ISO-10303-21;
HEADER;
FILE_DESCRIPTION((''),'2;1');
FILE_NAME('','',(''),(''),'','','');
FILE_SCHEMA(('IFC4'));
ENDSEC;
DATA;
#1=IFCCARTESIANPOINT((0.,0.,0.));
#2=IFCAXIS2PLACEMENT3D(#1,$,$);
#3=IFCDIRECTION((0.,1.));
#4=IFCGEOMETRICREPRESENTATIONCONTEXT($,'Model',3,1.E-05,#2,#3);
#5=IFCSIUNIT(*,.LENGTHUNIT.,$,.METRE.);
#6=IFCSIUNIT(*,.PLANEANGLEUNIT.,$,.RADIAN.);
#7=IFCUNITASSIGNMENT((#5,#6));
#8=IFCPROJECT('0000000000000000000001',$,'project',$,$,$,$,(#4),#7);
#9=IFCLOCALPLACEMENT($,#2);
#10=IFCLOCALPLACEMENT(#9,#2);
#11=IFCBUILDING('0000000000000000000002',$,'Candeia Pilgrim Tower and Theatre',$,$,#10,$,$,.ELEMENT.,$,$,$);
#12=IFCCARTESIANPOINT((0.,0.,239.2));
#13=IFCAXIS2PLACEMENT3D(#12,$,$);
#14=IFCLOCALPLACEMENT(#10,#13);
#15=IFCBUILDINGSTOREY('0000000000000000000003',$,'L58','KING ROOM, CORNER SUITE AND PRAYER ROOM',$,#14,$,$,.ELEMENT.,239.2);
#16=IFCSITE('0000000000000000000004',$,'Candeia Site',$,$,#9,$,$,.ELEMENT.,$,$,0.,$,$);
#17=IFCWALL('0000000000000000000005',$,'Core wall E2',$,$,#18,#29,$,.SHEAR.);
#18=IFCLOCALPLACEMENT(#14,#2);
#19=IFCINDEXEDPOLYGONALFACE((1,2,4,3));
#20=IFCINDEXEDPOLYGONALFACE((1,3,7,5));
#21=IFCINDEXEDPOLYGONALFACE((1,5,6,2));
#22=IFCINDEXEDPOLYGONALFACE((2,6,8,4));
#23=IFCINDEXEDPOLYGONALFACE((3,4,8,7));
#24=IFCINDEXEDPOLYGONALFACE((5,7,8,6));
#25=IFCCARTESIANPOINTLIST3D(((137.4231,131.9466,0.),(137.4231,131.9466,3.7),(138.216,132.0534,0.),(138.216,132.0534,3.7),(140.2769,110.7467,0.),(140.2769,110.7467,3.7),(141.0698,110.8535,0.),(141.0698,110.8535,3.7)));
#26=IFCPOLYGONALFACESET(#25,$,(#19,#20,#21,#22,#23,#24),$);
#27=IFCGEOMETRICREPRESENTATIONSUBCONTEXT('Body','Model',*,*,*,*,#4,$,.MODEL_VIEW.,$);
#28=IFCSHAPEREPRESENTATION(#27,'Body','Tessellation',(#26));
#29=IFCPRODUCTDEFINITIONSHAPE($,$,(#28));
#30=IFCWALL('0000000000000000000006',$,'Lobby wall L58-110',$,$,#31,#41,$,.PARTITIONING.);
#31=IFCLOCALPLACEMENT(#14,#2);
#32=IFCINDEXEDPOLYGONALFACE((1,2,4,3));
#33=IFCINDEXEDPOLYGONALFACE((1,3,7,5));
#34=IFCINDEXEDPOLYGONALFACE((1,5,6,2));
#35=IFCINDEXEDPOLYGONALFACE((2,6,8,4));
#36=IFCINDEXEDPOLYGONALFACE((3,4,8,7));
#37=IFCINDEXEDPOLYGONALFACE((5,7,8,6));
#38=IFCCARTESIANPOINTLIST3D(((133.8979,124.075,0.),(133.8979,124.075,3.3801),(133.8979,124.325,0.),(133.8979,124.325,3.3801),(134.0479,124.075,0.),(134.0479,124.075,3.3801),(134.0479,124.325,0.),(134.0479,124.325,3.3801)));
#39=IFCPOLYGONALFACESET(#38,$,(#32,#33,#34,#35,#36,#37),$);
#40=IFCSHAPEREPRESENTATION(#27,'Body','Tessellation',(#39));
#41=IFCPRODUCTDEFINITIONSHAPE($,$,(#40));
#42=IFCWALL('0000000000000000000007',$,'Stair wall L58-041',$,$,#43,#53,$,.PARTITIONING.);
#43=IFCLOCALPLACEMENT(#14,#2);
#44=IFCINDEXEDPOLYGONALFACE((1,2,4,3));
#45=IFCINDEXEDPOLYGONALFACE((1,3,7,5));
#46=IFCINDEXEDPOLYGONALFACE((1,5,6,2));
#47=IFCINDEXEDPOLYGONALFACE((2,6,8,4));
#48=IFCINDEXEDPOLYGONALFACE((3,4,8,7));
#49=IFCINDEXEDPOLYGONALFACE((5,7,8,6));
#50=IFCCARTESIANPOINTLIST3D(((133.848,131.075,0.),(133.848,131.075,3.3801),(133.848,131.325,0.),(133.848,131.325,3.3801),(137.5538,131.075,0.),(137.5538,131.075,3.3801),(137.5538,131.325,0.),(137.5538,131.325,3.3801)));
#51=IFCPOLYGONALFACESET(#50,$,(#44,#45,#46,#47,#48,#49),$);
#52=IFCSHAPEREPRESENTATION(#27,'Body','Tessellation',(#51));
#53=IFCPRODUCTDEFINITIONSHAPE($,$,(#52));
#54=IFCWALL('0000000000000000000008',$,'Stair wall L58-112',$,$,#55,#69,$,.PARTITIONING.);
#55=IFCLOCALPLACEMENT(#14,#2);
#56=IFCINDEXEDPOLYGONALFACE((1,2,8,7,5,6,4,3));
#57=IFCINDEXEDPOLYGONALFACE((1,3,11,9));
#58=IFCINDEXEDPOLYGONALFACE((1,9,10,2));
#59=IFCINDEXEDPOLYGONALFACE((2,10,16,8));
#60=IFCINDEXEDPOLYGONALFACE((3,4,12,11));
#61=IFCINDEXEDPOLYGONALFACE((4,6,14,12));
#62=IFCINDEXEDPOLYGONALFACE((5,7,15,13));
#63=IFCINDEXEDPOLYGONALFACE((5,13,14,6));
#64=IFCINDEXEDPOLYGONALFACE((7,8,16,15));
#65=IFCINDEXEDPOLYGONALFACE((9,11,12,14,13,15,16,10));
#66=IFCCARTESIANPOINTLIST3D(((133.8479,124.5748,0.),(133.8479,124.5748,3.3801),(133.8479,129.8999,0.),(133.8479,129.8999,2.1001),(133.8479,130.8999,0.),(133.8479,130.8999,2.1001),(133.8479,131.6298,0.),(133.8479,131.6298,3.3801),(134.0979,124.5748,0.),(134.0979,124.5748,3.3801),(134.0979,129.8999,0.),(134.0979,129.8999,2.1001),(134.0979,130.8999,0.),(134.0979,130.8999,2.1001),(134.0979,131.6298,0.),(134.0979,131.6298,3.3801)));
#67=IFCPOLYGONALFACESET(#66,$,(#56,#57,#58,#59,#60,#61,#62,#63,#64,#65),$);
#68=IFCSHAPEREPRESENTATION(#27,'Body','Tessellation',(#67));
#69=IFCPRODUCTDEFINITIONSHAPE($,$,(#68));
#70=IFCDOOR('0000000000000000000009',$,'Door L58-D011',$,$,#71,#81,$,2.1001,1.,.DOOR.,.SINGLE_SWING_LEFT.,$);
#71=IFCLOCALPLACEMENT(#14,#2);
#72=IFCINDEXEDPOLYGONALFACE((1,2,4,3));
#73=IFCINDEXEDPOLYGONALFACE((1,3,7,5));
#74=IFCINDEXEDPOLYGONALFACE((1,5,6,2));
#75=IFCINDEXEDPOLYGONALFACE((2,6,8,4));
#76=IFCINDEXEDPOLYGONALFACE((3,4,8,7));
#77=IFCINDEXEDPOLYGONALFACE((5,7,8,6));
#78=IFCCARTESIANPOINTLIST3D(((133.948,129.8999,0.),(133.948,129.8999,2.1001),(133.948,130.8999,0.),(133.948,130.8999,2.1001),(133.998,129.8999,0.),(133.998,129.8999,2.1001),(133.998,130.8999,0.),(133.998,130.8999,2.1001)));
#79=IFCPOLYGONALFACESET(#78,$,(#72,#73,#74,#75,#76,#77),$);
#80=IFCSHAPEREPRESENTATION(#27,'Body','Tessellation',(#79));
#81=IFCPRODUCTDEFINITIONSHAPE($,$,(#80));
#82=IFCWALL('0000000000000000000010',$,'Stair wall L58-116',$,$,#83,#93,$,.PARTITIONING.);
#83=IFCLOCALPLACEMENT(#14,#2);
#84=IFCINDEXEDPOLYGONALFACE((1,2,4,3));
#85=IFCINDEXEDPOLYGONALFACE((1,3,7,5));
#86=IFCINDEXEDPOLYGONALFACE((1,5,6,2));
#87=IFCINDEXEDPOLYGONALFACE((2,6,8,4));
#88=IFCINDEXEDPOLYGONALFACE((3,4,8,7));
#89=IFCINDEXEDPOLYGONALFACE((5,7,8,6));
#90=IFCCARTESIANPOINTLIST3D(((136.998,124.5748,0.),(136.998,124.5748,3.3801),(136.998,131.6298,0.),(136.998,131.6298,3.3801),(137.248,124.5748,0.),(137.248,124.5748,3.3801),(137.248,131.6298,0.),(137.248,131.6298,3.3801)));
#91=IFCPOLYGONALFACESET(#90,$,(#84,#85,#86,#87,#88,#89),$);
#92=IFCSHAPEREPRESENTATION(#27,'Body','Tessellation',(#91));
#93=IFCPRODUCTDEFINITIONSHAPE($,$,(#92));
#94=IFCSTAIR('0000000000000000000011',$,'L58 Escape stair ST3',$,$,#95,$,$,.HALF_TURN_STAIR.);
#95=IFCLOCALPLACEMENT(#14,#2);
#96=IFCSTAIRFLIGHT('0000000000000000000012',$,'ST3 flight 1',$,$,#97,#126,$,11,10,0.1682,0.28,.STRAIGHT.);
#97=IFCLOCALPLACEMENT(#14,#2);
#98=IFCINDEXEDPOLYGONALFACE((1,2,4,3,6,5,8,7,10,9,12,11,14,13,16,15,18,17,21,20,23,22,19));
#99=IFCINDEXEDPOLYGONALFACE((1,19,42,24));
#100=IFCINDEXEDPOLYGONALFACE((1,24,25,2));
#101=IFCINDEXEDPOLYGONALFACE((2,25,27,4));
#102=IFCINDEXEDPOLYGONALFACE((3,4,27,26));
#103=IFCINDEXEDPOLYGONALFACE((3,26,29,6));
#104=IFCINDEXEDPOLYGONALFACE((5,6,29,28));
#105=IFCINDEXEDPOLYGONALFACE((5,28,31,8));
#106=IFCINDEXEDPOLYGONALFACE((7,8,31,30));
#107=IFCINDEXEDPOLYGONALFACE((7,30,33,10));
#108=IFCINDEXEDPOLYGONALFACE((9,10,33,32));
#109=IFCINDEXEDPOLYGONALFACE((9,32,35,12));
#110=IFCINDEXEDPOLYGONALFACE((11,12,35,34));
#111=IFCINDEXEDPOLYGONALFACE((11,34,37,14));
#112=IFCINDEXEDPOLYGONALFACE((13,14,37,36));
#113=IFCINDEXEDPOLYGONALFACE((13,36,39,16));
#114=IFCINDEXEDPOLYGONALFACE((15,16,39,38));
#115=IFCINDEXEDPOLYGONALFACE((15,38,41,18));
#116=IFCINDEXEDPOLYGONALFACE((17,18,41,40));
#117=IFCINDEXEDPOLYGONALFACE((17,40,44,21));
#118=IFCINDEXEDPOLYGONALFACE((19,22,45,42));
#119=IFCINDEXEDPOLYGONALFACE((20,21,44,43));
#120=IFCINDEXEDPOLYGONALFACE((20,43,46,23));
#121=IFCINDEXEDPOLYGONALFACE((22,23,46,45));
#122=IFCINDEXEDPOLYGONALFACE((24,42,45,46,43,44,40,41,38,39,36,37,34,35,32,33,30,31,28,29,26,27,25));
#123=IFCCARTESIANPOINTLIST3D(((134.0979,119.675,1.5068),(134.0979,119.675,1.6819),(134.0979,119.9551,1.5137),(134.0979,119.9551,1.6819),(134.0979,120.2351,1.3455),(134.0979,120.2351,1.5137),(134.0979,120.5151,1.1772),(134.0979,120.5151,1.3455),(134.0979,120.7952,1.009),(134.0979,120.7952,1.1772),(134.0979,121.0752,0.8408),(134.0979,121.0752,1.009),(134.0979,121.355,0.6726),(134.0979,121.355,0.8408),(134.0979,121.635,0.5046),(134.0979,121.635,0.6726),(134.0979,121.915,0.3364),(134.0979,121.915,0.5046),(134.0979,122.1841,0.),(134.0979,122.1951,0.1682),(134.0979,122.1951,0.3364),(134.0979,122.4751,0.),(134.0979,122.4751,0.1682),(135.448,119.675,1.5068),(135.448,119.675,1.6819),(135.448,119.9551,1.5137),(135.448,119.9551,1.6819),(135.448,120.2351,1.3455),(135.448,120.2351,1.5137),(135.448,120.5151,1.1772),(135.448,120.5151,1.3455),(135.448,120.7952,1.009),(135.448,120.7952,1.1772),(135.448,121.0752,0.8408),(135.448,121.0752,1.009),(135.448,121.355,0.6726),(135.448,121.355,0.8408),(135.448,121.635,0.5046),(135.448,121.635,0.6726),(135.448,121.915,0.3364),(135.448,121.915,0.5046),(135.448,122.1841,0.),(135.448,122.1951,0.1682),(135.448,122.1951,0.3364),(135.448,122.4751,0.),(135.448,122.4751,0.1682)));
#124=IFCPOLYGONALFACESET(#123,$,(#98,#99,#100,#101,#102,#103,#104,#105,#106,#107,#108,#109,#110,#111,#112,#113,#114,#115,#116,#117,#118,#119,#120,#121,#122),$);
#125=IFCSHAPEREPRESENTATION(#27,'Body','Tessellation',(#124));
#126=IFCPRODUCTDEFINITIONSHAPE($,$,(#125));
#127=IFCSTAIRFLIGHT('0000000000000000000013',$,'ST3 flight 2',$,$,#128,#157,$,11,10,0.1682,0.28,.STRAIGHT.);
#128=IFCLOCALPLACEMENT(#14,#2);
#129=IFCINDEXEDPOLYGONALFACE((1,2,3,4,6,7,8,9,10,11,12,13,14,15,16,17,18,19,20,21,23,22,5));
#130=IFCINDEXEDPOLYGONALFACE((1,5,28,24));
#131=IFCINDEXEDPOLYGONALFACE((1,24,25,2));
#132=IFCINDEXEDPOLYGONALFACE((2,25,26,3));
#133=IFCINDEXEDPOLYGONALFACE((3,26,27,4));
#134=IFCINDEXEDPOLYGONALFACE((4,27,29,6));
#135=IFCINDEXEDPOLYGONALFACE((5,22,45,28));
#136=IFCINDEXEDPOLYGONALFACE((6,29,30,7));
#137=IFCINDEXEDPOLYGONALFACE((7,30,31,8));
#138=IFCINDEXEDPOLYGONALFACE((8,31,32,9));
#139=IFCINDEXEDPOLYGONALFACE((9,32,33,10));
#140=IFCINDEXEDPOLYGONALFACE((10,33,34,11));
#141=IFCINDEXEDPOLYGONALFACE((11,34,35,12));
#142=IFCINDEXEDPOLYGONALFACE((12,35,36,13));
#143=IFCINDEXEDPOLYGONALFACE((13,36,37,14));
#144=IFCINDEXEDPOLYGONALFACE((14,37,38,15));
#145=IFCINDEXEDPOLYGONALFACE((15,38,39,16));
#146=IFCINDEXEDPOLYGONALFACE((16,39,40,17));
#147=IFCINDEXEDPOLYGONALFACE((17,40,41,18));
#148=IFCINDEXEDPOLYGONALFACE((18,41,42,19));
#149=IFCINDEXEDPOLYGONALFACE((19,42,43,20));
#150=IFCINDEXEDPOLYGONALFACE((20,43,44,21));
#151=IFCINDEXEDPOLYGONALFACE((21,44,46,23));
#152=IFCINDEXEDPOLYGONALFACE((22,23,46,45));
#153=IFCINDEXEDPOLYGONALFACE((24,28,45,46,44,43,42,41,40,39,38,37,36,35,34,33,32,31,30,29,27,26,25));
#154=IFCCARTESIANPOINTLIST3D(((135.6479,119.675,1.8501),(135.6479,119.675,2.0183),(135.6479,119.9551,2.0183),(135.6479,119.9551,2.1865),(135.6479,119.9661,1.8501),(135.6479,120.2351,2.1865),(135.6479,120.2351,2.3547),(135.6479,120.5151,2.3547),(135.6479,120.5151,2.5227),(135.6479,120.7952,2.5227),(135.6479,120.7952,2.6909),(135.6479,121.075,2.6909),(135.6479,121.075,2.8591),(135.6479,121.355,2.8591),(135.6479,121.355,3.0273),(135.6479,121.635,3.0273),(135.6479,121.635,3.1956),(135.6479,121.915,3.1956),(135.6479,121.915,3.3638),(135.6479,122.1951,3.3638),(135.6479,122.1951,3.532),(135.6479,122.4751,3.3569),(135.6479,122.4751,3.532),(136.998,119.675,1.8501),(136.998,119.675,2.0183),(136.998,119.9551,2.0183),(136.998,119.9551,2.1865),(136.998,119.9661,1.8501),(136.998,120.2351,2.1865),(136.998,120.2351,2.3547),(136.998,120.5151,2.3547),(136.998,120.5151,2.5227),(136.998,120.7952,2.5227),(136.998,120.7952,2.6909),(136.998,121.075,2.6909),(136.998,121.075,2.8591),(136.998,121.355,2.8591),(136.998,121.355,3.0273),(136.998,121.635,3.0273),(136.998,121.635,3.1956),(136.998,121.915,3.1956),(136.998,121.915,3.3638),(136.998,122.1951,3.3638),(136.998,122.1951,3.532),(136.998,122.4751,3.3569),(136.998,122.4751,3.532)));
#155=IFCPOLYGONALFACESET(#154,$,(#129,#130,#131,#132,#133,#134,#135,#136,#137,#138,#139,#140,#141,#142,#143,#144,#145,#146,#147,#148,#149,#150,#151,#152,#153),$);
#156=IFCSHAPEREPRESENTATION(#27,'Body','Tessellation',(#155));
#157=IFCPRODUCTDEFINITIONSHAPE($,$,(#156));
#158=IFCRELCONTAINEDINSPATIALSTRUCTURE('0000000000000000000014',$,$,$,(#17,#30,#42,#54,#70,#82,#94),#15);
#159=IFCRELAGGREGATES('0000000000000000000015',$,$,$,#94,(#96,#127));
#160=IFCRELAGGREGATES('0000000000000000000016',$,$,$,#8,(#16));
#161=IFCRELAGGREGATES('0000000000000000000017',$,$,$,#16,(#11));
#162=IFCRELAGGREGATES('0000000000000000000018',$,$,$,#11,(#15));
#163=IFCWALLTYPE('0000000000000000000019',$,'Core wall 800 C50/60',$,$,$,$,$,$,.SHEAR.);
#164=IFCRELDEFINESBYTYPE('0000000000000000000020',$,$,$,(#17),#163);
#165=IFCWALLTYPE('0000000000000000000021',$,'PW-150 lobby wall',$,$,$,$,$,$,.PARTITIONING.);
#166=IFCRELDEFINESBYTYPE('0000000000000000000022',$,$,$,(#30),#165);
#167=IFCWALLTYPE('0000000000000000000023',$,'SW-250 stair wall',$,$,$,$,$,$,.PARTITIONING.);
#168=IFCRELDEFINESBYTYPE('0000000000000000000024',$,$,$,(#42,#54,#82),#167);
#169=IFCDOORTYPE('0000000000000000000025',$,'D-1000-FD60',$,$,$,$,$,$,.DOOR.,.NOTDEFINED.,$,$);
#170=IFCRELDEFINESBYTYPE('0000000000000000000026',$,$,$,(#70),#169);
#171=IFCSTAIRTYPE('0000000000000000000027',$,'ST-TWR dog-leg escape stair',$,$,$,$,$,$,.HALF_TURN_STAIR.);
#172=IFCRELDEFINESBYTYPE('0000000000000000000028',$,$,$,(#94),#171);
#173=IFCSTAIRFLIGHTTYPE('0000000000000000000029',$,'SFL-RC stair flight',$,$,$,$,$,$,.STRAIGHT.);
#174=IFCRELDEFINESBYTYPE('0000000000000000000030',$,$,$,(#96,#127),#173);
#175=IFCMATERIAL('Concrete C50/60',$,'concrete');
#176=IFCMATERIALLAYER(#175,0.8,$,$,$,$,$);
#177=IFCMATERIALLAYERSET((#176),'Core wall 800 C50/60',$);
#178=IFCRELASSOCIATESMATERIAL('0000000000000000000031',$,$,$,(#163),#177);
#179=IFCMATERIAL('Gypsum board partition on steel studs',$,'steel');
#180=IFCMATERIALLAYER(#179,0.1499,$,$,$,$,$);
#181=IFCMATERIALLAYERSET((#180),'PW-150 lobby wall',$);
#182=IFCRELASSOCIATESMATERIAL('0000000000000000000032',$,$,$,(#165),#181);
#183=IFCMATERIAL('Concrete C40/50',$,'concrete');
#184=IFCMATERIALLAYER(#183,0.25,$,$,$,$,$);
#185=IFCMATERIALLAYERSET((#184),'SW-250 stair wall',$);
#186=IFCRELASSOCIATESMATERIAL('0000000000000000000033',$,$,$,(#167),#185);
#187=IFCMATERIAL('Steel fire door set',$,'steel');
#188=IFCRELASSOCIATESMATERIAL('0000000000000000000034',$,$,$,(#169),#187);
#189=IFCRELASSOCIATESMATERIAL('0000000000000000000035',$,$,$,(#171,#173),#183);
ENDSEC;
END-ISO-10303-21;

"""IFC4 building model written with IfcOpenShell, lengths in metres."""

from ifc_helpers import new_model, si_unit, direction, frame, frame_2d, origin, place, context, subcontext, project, spatial, polyline, rectangle, outline, extrude, material, layer, layer_set, type_object, element, fill, aggregate, save


model = new_model("IFC4")

# Units and contexts
model_context = context("Model", 3, precision=1e-05, world=origin(), true_north=direction((0.0, 1.0)))
body_context = subcontext(model_context, "Body", "Model", "MODEL_VIEW")
ifc_project = project(units=[si_unit("LENGTHUNIT", "METRE"), si_unit("PLANEANGLEUNIT", "RADIAN")], contexts=[model_context])

# Site, building, storey
site_placement = place(None, origin())
site = spatial("IfcSite", under=ifc_project, at=site_placement, Name="Candeia Site", CompositionType="ELEMENT", RefElevation=0.0)
building_placement = place(site_placement, origin())
building = spatial("IfcBuilding", under=site, at=building_placement, Name="Candeia Pilgrim Tower and Theatre", CompositionType="ELEMENT")
storey_placement = place(building_placement, frame((0.0, 0.0, 239.2)))
storey = spatial("IfcBuildingStorey", under=building, at=storey_placement, Name="L58", Description="KING ROOM, CORNER SUITE AND PRAYER ROOM", CompositionType="ELEMENT", Elevation=239.2)

# Wall
ifc_material_1 = material(Name="Concrete C50/60", Category="concrete")
ifc_layer_1 = layer(ifc_material_1, 0.8)
ifc_layer_set_1 = layer_set([ifc_layer_1], Name="Core wall 800 C50/60")
wall_type_1 = type_object("IfcWallType", Name="Core wall 800 C50/60", PredefinedType="SHEAR", material=ifc_layer_set_1)
wall_1_placement = place(storey_placement, frame((137.8196, 132.0, 0.0), z_axis=(0.0, 0.0, 1.0), x_axis=(0.133408, -0.991061, 0.0)))
element("IfcWall", 1, at=wall_1_placement, inside=storey, type_object=wall_type_1, Name="Core wall E2", PredefinedType="SHEAR", context=body_context, shape_type="SweptSolid", body=[
    extrude(rectangle(XDim=21.3911, YDim=0.8, at=frame_2d((10.6956, 0.0))), origin(), (0.0, 0.0, 1.0), 3.7),
])

# Walls
ifc_material_2 = material(Name="Gypsum board partition on steel studs", Category="steel")
ifc_layer_2 = layer(ifc_material_2, 0.1499)
ifc_layer_set_2 = layer_set([ifc_layer_2], Name="PW-150 lobby wall")
wall_type_2 = type_object("IfcWallType", Name="PW-150 lobby wall", PredefinedType="PARTITIONING", material=ifc_layer_set_2)
wall_2_placement = place(storey_placement, frame((133.9729, 124.075, 0.0), z_axis=(0.0, 0.0, 1.0), x_axis=(0.0, 1.0, 0.0)))
element("IfcWall", 2, at=wall_2_placement, inside=storey, type_object=wall_type_2, Name="Lobby wall L58-110", PredefinedType="PARTITIONING", context=body_context, shape_type="SweptSolid", body=[
    extrude(rectangle(XDim=0.25, YDim=0.1499, at=frame_2d((0.125, 0.0))), origin(), (0.0, 0.0, 1.0), 3.3801),
])
ifc_material_3 = material(Name="Concrete C40/50", Category="concrete")
ifc_layer_3 = layer(ifc_material_3, 0.25)
ifc_layer_set_3 = layer_set([ifc_layer_3], Name="SW-250 stair wall")
wall_type_3 = type_object("IfcWallType", Name="SW-250 stair wall", PredefinedType="PARTITIONING", material=ifc_layer_set_3)
wall_3_placement = place(storey_placement, frame((133.8479, 131.2, 0.0), z_axis=(0.0, 0.0, 1.0), x_axis=(1.0, 0.0, 0.0)))
element("IfcWall", 3, at=wall_3_placement, inside=storey, type_object=wall_type_3, Name="Stair wall L58-041", PredefinedType="PARTITIONING", context=body_context, shape_type="SweptSolid", body=[
    extrude(rectangle(XDim=3.7058, YDim=0.25, at=frame_2d((1.853, 0.0))), origin(), (0.0, 0.0, 1.0), 3.3801),
])

# Wall, opening, door
wall_4_placement = place(storey_placement, frame((133.9729, 124.575, 0.0), z_axis=(0.0, 0.0, 1.0), x_axis=(0.0, 1.0, 0.0)))
wall_4 = element("IfcWall", 4, at=wall_4_placement, inside=storey, type_object=wall_type_3, Name="Stair wall L58-112", PredefinedType="PARTITIONING", context=body_context, shape_type="SweptSolid", body=[
    extrude(rectangle(XDim=7.0549, YDim=0.25, at=frame_2d((3.5273, 0.0))), origin(), (0.0, 0.0, 1.0), 3.3801),
])
opening_1_placement = place(wall_4_placement, frame((5.325, 0.0, 0.0)))
opening_1 = element("IfcOpeningElement", 5, at=opening_1_placement, cuts=wall_4, PredefinedType="OPENING", context=body_context, shape_type="SweptSolid", body=[
    extrude(rectangle(XDim=1.0, YDim=2.1001, at=frame_2d((0.5, 1.05))), frame((0.0, 0.135, 0.0), z_axis=(0.0, -1.0, 0.0), x_axis=(1.0, 0.0, 0.0)), (0.0, 0.0, 1.0), 0.27),
])
ifc_material_4 = material(Name="Steel fire door set", Category="steel")
door_type_1 = type_object("IfcDoorType", Name="D-1000-FD60", OperationType="NOTDEFINED", PredefinedType="DOOR", material=ifc_material_4)
door_1_placement = place(opening_1_placement, origin())
door_1 = element("IfcDoor", 6, at=door_1_placement, inside=storey, type_object=door_type_1, Name="Door L58-D011", OperationType="SINGLE_SWING_LEFT", OverallHeight=2.1001, OverallWidth=1.0, PredefinedType="DOOR", context=body_context, shape_type="SweptSolid", body=[
    extrude(rectangle(XDim=1.0, YDim=2.1001, at=frame_2d((0.5, 1.05))), frame((0.0, 0.0249, 0.0), z_axis=(0.0, -1.0, 0.0), x_axis=(1.0, 0.0, 0.0)), (0.0, 0.0, 1.0), 0.05),
])
fill(opening_1, door_1)

# Wall
wall_5_placement = place(storey_placement, frame((137.123, 124.575, 0.0), z_axis=(0.0, 0.0, 1.0), x_axis=(0.0, 1.0, 0.0)))
element("IfcWall", 7, at=wall_5_placement, inside=storey, type_object=wall_type_3, Name="Stair wall L58-116", PredefinedType="PARTITIONING", context=body_context, shape_type="SweptSolid", body=[
    extrude(rectangle(XDim=7.0549, YDim=0.25, at=frame_2d((3.5273, 0.0))), origin(), (0.0, 0.0, 1.0), 3.3801),
])

# Stair, stair flights
stair_type = type_object("IfcStairType", Name="ST-TWR dog-leg escape stair", PredefinedType="HALF_TURN_STAIR", material=ifc_material_3)
stair_1_placement = place(storey_placement, origin())
stair_1 = element("IfcStair", 8, at=stair_1_placement, inside=storey, type_object=stair_type, Name="L58 Escape stair ST3", PredefinedType="HALF_TURN_STAIR")
stair_flight_type = type_object("IfcStairFlightType", Name="SFL-RC stair flight", PredefinedType="STRAIGHT", material=ifc_material_3)
stair_flight_1_placement = place(storey_placement, frame((134.7729, 122.4751, 0.0), z_axis=(0.0, 0.0, 1.0), x_axis=(0.0, -1.0, 0.0)))
stair_flight_1 = element("IfcStairFlight", 9, at=stair_flight_1_placement, type_object=stair_flight_type, Name="ST3 flight 1", NumberOfRisers=11, NumberOfTreads=10, PredefinedType="STRAIGHT", RiserHeight=0.1682, TreadLength=0.28, context=body_context, shape_type="SweptSolid", body=[
    extrude(outline(polyline([(0.0, 0.0), (0.0, 0.1682), (0.28, 0.1682), (0.28, 0.3364), (0.5601, 0.3364), (0.5601, 0.5046), (0.8401, 0.5046), (0.8401, 0.6726), (1.1201, 0.6726), (1.1201, 0.8408), (1.3999, 0.8408), (1.3999, 1.009), (1.6799, 1.009), (1.6799, 1.1772), (1.96, 1.1772), (1.96, 1.3455), (2.24, 1.3455), (2.24, 1.5137), (2.52, 1.5137), (2.52, 1.6819), (2.8, 1.6819), (2.8, 1.8501), (2.8, 1.5068), (0.291, 0.0), (0.0, 0.0)])), frame((0.0, 0.675, 0.0), z_axis=(0.0, -1.0, 0.0), x_axis=(1.0, 0.0, 0.0)), (0.0, 0.0, 1.0), 1.3501),
])
stair_flight_2_placement = place(storey_placement, frame((136.323, 119.675, 1.8501), z_axis=(0.0, 0.0, 1.0), x_axis=(0.0, 1.0, 0.0)))
stair_flight_2 = element("IfcStairFlight", 10, at=stair_flight_2_placement, type_object=stair_flight_type, Name="ST3 flight 2", NumberOfRisers=11, NumberOfTreads=10, PredefinedType="STRAIGHT", RiserHeight=0.1682, TreadLength=0.28, context=body_context, shape_type="SweptSolid", body=[
    extrude(outline(polyline([(0.0, 0.0), (0.0, 0.1682), (0.28, 0.1682), (0.28, 0.3364), (0.5601, 0.3364), (0.5601, 0.5046), (0.8401, 0.5046), (0.8401, 0.6726), (1.1201, 0.6726), (1.1201, 0.8408), (1.3999, 0.8408), (1.3999, 1.009), (1.6799, 1.009), (1.6799, 1.1772), (1.96, 1.1772), (1.96, 1.3455), (2.24, 1.3455), (2.24, 1.5137), (2.52, 1.5137), (2.52, 1.6819), (2.8, 1.6819), (2.8, 1.8501), (2.8, 1.5068), (0.291, 0.0), (0.0, 0.0)])), frame((0.0, 0.675, 0.0), z_axis=(0.0, -1.0, 0.0), x_axis=(1.0, 0.0, 0.0)), (0.0, 0.0, 1.0), 1.3501),
])
aggregate(stair_1, [stair_flight_1, stair_flight_2])

save(model, "model.ifc")
